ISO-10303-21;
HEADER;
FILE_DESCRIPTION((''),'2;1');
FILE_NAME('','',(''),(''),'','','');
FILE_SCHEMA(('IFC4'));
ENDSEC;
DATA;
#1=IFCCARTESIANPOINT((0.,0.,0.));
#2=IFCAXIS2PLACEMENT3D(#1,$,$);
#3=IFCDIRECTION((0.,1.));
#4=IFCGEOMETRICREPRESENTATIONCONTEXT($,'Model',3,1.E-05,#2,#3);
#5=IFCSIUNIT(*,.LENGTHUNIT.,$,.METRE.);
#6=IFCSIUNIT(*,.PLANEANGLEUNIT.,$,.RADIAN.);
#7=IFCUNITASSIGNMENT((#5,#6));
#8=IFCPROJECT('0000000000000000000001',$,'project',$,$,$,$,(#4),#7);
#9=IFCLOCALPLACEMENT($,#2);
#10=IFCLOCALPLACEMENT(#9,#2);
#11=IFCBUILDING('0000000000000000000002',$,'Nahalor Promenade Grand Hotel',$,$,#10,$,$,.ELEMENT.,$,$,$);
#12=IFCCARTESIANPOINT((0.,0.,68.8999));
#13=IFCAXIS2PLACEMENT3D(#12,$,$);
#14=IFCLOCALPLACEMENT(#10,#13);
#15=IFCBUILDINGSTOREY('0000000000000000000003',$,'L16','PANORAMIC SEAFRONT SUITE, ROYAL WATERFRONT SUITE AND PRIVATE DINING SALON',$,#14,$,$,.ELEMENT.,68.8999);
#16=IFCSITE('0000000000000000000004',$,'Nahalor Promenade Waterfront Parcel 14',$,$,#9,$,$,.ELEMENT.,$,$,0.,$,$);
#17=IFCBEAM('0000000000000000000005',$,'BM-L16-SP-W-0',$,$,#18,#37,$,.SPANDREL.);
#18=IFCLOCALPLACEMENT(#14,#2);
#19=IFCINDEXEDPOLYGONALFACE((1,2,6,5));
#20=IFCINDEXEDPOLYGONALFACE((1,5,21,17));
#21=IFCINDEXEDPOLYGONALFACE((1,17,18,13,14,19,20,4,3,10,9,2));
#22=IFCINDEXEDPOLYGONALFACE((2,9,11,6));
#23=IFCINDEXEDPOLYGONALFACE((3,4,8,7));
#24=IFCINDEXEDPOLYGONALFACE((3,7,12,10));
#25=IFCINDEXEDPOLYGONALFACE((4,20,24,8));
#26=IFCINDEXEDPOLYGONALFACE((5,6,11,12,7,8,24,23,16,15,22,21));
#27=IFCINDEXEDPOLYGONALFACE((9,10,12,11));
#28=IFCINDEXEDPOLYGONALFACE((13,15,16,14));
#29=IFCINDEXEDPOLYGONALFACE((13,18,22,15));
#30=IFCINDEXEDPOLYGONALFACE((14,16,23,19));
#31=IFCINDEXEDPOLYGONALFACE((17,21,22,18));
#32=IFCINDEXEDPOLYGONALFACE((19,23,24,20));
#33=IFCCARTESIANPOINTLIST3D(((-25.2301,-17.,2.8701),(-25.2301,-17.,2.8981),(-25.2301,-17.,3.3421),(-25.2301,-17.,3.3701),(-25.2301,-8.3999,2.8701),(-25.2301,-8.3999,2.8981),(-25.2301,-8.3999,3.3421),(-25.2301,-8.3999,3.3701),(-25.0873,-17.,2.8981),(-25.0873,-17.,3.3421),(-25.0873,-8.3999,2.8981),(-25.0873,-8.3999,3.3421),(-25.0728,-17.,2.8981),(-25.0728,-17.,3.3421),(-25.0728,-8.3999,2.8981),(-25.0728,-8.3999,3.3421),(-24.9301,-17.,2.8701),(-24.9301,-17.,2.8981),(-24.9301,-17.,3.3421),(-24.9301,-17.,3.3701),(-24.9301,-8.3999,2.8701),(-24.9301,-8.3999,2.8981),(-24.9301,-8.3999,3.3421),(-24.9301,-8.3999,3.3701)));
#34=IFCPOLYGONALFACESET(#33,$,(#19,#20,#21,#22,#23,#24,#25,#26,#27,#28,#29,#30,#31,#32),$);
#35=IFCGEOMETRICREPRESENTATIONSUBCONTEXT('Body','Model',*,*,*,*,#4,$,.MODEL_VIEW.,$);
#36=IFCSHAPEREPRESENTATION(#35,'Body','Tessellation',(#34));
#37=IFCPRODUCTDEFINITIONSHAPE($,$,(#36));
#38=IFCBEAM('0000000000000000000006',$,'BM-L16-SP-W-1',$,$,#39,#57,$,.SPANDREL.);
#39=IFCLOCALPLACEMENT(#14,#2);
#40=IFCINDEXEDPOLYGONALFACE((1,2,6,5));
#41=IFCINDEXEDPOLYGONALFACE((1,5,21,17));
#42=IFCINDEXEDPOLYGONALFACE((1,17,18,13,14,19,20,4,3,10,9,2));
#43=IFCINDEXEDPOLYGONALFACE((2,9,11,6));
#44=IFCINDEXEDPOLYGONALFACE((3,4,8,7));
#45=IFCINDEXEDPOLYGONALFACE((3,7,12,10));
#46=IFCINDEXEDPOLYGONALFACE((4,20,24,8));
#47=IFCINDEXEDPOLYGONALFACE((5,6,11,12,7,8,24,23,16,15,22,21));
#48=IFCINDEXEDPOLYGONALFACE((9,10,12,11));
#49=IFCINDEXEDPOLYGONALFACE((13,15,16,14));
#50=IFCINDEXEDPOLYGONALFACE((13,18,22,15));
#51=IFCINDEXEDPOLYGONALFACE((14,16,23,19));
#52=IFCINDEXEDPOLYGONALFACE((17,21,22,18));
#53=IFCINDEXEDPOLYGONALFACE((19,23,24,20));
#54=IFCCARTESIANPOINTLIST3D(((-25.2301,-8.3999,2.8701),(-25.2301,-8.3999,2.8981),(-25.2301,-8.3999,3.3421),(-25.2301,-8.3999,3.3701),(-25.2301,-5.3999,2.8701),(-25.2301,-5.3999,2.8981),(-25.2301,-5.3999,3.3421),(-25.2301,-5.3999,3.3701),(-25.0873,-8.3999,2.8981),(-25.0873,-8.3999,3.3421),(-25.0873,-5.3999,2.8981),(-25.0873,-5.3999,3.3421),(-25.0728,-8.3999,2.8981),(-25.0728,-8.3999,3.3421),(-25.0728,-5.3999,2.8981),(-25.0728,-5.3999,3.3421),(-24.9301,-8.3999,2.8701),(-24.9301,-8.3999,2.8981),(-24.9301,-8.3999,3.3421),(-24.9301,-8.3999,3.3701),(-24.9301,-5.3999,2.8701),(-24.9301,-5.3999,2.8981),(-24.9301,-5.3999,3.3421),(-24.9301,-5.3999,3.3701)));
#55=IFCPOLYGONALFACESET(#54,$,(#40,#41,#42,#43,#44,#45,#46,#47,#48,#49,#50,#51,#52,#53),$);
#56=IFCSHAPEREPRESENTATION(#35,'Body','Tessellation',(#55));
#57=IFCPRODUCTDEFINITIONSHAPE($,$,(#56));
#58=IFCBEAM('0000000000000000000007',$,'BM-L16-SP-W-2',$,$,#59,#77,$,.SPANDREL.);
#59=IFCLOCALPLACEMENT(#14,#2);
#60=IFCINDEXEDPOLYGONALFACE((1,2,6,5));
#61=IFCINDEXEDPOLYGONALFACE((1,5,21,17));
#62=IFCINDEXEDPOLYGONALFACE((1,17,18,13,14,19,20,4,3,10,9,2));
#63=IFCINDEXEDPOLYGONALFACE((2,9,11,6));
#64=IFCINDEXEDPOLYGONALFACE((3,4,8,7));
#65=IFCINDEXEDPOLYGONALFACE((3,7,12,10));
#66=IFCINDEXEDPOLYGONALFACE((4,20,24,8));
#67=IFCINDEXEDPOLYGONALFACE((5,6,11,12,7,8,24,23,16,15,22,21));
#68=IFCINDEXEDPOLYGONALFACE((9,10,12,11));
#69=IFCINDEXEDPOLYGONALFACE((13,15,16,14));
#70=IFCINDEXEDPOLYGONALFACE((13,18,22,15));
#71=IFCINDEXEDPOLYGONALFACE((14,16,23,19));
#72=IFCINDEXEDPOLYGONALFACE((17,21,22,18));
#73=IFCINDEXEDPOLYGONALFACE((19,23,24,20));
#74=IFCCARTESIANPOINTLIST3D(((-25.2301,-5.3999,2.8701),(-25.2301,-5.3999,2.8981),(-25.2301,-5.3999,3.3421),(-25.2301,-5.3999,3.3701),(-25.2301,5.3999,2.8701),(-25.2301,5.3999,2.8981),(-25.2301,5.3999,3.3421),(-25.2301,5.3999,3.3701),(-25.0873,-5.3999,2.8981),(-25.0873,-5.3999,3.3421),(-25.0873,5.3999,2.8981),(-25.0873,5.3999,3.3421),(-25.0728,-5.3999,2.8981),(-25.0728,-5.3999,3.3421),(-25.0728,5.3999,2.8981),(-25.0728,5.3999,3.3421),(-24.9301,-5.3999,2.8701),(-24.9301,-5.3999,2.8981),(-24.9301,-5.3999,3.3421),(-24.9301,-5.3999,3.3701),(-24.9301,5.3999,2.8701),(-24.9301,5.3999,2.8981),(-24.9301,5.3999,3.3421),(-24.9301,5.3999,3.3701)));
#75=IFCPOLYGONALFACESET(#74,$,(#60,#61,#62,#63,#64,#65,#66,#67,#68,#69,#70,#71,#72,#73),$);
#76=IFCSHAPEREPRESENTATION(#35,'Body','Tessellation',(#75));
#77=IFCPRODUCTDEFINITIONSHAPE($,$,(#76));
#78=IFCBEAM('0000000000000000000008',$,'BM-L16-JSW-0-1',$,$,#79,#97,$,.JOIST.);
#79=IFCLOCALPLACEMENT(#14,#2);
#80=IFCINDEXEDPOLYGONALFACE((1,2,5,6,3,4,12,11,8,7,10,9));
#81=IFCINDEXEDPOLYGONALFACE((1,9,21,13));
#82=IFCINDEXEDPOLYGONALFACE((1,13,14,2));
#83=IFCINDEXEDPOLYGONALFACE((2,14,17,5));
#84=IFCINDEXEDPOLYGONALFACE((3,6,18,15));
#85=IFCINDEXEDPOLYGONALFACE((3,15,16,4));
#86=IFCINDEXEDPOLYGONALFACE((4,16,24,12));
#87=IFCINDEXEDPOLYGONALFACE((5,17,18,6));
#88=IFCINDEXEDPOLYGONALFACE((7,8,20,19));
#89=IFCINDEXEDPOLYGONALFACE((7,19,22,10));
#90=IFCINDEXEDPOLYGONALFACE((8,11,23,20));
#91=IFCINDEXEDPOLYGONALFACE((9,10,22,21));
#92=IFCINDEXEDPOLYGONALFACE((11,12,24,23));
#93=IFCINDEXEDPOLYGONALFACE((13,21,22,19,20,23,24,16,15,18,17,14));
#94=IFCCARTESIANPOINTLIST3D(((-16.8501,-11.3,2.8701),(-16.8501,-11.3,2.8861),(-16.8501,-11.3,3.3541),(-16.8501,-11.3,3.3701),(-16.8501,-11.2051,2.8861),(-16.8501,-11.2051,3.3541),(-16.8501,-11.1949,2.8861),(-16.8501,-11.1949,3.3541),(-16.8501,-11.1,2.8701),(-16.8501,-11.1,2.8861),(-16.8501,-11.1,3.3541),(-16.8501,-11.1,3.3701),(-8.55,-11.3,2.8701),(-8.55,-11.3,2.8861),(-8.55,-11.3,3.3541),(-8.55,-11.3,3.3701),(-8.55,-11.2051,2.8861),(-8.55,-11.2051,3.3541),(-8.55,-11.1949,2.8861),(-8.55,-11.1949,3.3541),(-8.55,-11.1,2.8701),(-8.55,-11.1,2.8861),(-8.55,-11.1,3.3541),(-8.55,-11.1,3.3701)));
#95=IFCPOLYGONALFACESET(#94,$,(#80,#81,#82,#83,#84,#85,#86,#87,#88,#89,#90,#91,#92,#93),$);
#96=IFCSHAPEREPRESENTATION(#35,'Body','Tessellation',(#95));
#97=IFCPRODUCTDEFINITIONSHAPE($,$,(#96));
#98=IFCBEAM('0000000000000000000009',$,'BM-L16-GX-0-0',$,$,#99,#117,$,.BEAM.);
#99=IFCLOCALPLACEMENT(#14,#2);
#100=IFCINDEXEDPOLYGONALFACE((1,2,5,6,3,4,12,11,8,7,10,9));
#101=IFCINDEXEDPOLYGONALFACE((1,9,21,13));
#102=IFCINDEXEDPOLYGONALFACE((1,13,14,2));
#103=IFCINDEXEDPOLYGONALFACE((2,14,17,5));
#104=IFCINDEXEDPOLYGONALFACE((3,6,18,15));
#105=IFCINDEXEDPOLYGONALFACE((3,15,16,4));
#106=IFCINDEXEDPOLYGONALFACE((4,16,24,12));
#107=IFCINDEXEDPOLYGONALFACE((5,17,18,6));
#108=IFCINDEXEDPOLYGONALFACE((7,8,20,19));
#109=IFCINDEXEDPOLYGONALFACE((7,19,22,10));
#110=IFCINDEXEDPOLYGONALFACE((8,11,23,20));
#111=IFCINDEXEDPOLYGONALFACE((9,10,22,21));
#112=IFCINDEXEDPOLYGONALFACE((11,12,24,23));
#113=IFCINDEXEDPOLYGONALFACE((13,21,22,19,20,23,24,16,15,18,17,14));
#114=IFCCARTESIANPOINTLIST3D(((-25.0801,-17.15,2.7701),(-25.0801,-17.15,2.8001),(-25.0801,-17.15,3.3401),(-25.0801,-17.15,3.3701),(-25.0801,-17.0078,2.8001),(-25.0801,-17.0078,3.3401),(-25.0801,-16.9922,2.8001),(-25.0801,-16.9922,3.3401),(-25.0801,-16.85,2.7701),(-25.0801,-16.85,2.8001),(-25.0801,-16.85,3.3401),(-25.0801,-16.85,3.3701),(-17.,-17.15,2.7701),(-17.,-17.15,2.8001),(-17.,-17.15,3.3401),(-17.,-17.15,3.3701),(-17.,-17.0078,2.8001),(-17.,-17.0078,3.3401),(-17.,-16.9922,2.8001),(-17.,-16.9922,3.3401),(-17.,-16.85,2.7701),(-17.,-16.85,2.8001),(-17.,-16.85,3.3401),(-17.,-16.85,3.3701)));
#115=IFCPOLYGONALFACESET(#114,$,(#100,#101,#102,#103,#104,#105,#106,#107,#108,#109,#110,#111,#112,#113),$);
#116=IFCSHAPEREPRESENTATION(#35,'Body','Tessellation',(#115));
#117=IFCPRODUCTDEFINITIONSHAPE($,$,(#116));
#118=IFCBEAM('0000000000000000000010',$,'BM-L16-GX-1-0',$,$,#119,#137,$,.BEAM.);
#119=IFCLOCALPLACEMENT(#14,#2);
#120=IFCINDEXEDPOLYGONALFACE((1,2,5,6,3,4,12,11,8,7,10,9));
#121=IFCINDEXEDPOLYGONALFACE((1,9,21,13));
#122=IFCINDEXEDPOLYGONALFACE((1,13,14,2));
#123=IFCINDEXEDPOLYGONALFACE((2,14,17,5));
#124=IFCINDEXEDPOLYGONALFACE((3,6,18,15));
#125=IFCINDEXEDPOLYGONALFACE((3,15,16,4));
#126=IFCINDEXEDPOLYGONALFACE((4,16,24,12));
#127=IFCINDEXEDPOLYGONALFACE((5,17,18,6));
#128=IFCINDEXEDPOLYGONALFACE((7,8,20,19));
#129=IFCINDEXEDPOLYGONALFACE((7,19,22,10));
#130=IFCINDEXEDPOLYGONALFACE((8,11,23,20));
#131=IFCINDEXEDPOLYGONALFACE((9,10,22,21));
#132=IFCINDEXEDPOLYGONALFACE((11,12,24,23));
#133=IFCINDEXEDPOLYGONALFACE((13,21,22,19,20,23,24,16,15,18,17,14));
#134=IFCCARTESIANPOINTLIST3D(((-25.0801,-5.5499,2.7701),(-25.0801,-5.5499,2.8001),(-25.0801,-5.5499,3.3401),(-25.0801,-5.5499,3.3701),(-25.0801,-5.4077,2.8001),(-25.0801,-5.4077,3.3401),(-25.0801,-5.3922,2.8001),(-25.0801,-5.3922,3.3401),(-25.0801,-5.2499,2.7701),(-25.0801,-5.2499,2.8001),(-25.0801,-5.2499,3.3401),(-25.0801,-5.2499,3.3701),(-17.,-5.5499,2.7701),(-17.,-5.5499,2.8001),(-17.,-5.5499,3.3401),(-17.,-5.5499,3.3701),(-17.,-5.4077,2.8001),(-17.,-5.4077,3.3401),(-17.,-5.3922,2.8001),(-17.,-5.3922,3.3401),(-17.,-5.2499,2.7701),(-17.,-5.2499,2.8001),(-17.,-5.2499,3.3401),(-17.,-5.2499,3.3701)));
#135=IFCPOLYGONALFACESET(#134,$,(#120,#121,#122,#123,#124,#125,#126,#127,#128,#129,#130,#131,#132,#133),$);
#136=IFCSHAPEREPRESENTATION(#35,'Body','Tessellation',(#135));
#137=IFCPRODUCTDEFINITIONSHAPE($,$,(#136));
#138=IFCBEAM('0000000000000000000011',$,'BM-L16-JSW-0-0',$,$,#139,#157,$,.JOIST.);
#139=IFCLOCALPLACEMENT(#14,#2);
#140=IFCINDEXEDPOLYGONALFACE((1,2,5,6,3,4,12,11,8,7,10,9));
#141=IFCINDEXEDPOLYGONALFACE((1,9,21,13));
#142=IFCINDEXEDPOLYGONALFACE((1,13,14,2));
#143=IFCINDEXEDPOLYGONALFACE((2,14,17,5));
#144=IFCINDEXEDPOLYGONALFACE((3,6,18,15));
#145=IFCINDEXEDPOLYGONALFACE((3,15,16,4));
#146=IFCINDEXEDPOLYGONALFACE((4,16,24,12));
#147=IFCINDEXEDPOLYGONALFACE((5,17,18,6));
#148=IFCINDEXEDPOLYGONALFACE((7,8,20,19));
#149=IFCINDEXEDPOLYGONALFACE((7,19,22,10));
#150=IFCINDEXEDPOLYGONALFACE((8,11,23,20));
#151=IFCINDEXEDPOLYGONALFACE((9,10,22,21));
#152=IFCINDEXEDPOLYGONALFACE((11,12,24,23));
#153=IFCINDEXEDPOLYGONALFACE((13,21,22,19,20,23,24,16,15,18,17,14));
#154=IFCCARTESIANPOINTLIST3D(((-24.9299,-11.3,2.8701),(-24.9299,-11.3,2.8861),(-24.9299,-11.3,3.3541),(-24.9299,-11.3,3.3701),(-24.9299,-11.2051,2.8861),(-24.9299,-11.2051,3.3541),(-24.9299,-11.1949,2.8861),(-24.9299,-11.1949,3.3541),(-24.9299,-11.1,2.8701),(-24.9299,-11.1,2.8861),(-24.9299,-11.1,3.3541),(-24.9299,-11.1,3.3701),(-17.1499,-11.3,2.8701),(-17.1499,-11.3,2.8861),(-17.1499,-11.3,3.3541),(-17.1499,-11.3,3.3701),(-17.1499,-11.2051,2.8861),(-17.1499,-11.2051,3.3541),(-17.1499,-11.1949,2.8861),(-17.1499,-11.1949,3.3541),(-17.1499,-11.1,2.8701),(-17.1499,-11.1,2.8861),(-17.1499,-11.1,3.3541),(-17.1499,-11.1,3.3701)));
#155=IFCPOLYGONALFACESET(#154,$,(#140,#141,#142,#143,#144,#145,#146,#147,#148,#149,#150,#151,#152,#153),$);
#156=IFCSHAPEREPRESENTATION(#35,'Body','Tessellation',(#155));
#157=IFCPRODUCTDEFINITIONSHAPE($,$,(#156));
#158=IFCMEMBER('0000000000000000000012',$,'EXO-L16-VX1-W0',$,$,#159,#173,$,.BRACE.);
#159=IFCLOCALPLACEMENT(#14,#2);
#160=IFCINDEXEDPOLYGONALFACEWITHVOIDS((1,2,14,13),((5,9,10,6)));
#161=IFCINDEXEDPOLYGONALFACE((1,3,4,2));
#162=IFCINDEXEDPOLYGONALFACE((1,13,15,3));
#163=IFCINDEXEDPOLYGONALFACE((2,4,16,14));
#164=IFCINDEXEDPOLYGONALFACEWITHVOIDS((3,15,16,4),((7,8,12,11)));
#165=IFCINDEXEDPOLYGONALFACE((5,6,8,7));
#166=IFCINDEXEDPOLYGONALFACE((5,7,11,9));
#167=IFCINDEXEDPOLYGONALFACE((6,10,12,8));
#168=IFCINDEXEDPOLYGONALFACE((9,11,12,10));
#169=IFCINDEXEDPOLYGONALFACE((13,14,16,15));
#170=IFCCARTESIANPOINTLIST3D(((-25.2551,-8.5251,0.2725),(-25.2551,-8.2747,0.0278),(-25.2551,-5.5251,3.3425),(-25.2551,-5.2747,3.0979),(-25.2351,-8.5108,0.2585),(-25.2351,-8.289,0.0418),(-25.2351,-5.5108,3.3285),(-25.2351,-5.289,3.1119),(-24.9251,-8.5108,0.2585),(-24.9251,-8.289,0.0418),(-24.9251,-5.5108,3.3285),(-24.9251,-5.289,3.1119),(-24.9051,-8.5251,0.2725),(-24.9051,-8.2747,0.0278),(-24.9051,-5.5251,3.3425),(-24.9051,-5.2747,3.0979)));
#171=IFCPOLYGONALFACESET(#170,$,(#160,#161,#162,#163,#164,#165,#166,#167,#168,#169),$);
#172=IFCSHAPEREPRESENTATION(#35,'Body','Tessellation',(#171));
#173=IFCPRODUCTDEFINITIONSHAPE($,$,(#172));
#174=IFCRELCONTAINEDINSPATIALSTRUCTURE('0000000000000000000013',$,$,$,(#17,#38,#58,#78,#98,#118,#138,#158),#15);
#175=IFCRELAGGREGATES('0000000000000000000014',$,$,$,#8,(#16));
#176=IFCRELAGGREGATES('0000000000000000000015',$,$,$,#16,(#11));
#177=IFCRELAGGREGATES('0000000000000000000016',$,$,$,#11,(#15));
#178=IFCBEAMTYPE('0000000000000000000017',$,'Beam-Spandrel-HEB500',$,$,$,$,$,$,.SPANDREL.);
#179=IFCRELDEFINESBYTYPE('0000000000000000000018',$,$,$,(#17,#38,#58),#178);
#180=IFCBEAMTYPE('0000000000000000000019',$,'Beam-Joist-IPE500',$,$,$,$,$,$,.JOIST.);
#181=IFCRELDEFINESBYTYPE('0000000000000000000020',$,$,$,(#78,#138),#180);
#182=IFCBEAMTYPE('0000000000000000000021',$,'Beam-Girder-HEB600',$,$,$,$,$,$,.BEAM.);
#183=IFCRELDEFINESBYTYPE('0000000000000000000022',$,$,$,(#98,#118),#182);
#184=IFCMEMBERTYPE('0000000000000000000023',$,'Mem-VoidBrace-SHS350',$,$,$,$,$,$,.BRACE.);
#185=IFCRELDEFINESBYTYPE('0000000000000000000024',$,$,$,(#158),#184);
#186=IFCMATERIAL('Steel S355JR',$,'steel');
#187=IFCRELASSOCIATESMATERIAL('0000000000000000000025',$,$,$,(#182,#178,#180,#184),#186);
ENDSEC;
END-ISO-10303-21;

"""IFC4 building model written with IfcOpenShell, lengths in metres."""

from ifc_helpers import new_model, si_unit, direction, frame, origin, origin_2d, place, context, subcontext, project, spatial, hollow_rectangle, i_section, extrude, source, transform, mapped, material, material_profile, profile_set, type_object, element, save


model = new_model("IFC4")

# Units and contexts
model_context = context("Model", 3, precision=1e-05, world=origin(), true_north=direction((0.0, 1.0)))
body_context = subcontext(model_context, "Body", "Model", "MODEL_VIEW")
ifc_project = project(units=[si_unit("LENGTHUNIT", "METRE"), si_unit("PLANEANGLEUNIT", "RADIAN")], contexts=[model_context])

# Site, building, storey
site_placement = place(None, origin())
site = spatial("IfcSite", under=ifc_project, at=site_placement, Name="Nahalor Promenade Waterfront Parcel 14", CompositionType="ELEMENT", RefElevation=0.0)
building_placement = place(site_placement, origin())
building = spatial("IfcBuilding", under=site, at=building_placement, Name="Nahalor Promenade Grand Hotel", CompositionType="ELEMENT")
storey_placement = place(building_placement, frame((0.0, 0.0, 68.8999)))
storey = spatial("IfcBuildingStorey", under=building, at=storey_placement, Name="L16", Description="PANORAMIC SEAFRONT SUITE, ROYAL WATERFRONT SUITE AND PRIVATE DINING SALON", CompositionType="ELEMENT", Elevation=68.8999)

# Beams
ifc_material_1 = material(Name="Steel S355JR", Category="steel")
ifc_material_profile_1 = material_profile(ifc_material_1, i_section(OverallWidth=0.3, OverallDepth=0.6, WebThickness=0.0155, FlangeThickness=0.03, at=origin_2d()), Name="HEB 600")
ifc_profile_set_1 = profile_set([ifc_material_profile_1], Name="Steel S355JR")
beam_type_1 = type_object("IfcBeamType", Name="Beam-Girder-HEB600", PredefinedType="BEAM", material=ifc_profile_set_1)
ifc_material_profile_2 = material_profile(ifc_material_1, i_section(OverallWidth=0.3, OverallDepth=0.5, WebThickness=0.0145, FlangeThickness=0.028, at=origin_2d()), Name="HEB 500")
ifc_profile_set_2 = profile_set([ifc_material_profile_2], Name="Steel S355JR")
beam_type_2 = type_object("IfcBeamType", Name="Beam-Spandrel-HEB500", PredefinedType="SPANDREL", material=ifc_profile_set_2)
shared_shape_1 = source(origin(), body_context, "Body", "SweptSolid", [
    extrude(i_section(OverallWidth=0.3, OverallDepth=0.5, WebThickness=0.0145, FlangeThickness=0.028, at=origin_2d()), origin(), (0.0, 0.0, 1.0), 8.6001),
])
beam_1_placement = place(storey_placement, frame((-25.0801, -17.0, 3.1201), z_axis=(0.0, 1.0, 0.0), x_axis=(-1.0, 0.0, 0.0)))
element("IfcBeam", 1, at=beam_1_placement, inside=storey, type_object=beam_type_2, Name="BM-L16-SP-W-0", PredefinedType="SPANDREL", context=body_context, shape_type="MappedRepresentation", body=[
    mapped(shared_shape_1, transform((0.0, 0.0, 0.0), scale=1.0)),
])
shared_shape_2 = source(origin(), body_context, "Body", "SweptSolid", [
    extrude(i_section(OverallWidth=0.3, OverallDepth=0.5, WebThickness=0.0145, FlangeThickness=0.028, at=origin_2d()), origin(), (0.0, 0.0, 1.0), 3.0),
])
beam_2_placement = place(storey_placement, frame((-25.0801, -8.3999, 3.1201), z_axis=(0.0, 1.0, 0.0), x_axis=(-1.0, 0.0, 0.0)))
element("IfcBeam", 2, at=beam_2_placement, inside=storey, type_object=beam_type_2, Name="BM-L16-SP-W-1", PredefinedType="SPANDREL", context=body_context, shape_type="MappedRepresentation", body=[
    mapped(shared_shape_2, transform((0.0, 0.0, 0.0), scale=1.0)),
])
shared_shape_3 = source(origin(), body_context, "Body", "SweptSolid", [
    extrude(i_section(OverallWidth=0.3, OverallDepth=0.5, WebThickness=0.0145, FlangeThickness=0.028, at=origin_2d()), origin(), (0.0, 0.0, 1.0), 10.7998),
])
beam_3_placement = place(storey_placement, frame((-25.0801, -5.3999, 3.1201), z_axis=(0.0, 1.0, 0.0), x_axis=(-1.0, 0.0, 0.0)))
element("IfcBeam", 3, at=beam_3_placement, inside=storey, type_object=beam_type_2, Name="BM-L16-SP-W-2", PredefinedType="SPANDREL", context=body_context, shape_type="MappedRepresentation", body=[
    mapped(shared_shape_3, transform((0.0, 0.0, 0.0), scale=1.0)),
])
ifc_material_profile_3 = material_profile(ifc_material_1, i_section(OverallWidth=0.2, OverallDepth=0.5, WebThickness=0.0102, FlangeThickness=0.016, at=origin_2d()), Name="IPE 500")
ifc_profile_set_3 = profile_set([ifc_material_profile_3], Name="Steel S355JR")
beam_type_3 = type_object("IfcBeamType", Name="Beam-Joist-IPE500", PredefinedType="JOIST", material=ifc_profile_set_3)
shared_shape_4 = source(origin(), body_context, "Body", "SweptSolid", [
    extrude(i_section(OverallWidth=0.2, OverallDepth=0.5, WebThickness=0.0102, FlangeThickness=0.016, at=origin_2d()), origin(), (0.0, 0.0, 1.0), 8.3),
])
beam_4_placement = place(storey_placement, frame((-16.8501, -11.2, 3.1201), z_axis=(1.0, 0.0, 0.0), x_axis=(0.0, 1.0, 0.0)))
element("IfcBeam", 4, at=beam_4_placement, inside=storey, type_object=beam_type_3, Name="BM-L16-JSW-0-1", PredefinedType="JOIST", context=body_context, shape_type="MappedRepresentation", body=[
    mapped(shared_shape_4, transform((0.0, 0.0, 0.0), scale=1.0)),
])
shared_shape_5 = source(origin(), body_context, "Body", "SweptSolid", [
    extrude(i_section(OverallWidth=0.3, OverallDepth=0.6, WebThickness=0.0155, FlangeThickness=0.03, at=origin_2d()), origin(), (0.0, 0.0, 1.0), 8.0801),
])
for number, where, z_axis, x_axis, name in (
    (5, (-25.0801, -17.0, 3.0701), (1.0, 0.0, 0.0), (0.0, 1.0, 0.0), "BM-L16-GX-0-0"),
    (6, (-25.0801, -5.3999, 3.0701), (1.0, 0.0, 0.0), (0.0, 1.0, 0.0), "BM-L16-GX-1-0"),
):
    element("IfcBeam", number, at=place(storey_placement, frame(where, z_axis=z_axis, x_axis=x_axis)), inside=storey, type_object=beam_type_1, Name=name, PredefinedType="BEAM", context=body_context, shape_type="MappedRepresentation", body=[
        mapped(shared_shape_5, transform((0.0, 0.0, 0.0), scale=1.0)),
    ])
shared_shape_6 = source(origin(), body_context, "Body", "SweptSolid", [
    extrude(i_section(OverallWidth=0.2, OverallDepth=0.5, WebThickness=0.0102, FlangeThickness=0.016, at=origin_2d()), origin(), (0.0, 0.0, 1.0), 7.78),
])
beam_5_placement = place(storey_placement, frame((-24.9299, -11.2, 3.1201), z_axis=(1.0, 0.0, 0.0), x_axis=(0.0, 1.0, 0.0)))
element("IfcBeam", 7, at=beam_5_placement, inside=storey, type_object=beam_type_3, Name="BM-L16-JSW-0-0", PredefinedType="JOIST", context=body_context, shape_type="MappedRepresentation", body=[
    mapped(shared_shape_6, transform((0.0, 0.0, 0.0), scale=1.0)),
])

# Member
ifc_material_profile_4 = material_profile(ifc_material_1, hollow_rectangle(XDim=0.35, YDim=0.35, WallThickness=0.02, at=origin_2d()), Name="SHS 350x350x20")
ifc_profile_set_4 = profile_set([ifc_material_profile_4], Name="Steel S355JR")
member_type_1 = type_object("IfcMemberType", Name="Mem-VoidBrace-SHS350", PredefinedType="BRACE", material=ifc_profile_set_4)
shared_shape_7 = source(origin(), body_context, "Body", "SweptSolid", [
    extrude(hollow_rectangle(XDim=0.35, YDim=0.35, WallThickness=0.02, at=origin_2d()), origin(), (0.0, 0.0, 1.0), 4.2925),
])
member_1_placement = place(storey_placement, frame((-25.0801, -8.3999, 0.1501), z_axis=(0.0, 0.698898, 0.715221), x_axis=(-1.0, 0.0, 0.0)))
element("IfcMember", 8, at=member_1_placement, inside=storey, type_object=member_type_1, Name="EXO-L16-VX1-W0", PredefinedType="BRACE", context=body_context, shape_type="MappedRepresentation", body=[
    mapped(shared_shape_7, transform((0.0, 0.0, 0.0), scale=1.0)),
])

save(model, "model.ifc")
